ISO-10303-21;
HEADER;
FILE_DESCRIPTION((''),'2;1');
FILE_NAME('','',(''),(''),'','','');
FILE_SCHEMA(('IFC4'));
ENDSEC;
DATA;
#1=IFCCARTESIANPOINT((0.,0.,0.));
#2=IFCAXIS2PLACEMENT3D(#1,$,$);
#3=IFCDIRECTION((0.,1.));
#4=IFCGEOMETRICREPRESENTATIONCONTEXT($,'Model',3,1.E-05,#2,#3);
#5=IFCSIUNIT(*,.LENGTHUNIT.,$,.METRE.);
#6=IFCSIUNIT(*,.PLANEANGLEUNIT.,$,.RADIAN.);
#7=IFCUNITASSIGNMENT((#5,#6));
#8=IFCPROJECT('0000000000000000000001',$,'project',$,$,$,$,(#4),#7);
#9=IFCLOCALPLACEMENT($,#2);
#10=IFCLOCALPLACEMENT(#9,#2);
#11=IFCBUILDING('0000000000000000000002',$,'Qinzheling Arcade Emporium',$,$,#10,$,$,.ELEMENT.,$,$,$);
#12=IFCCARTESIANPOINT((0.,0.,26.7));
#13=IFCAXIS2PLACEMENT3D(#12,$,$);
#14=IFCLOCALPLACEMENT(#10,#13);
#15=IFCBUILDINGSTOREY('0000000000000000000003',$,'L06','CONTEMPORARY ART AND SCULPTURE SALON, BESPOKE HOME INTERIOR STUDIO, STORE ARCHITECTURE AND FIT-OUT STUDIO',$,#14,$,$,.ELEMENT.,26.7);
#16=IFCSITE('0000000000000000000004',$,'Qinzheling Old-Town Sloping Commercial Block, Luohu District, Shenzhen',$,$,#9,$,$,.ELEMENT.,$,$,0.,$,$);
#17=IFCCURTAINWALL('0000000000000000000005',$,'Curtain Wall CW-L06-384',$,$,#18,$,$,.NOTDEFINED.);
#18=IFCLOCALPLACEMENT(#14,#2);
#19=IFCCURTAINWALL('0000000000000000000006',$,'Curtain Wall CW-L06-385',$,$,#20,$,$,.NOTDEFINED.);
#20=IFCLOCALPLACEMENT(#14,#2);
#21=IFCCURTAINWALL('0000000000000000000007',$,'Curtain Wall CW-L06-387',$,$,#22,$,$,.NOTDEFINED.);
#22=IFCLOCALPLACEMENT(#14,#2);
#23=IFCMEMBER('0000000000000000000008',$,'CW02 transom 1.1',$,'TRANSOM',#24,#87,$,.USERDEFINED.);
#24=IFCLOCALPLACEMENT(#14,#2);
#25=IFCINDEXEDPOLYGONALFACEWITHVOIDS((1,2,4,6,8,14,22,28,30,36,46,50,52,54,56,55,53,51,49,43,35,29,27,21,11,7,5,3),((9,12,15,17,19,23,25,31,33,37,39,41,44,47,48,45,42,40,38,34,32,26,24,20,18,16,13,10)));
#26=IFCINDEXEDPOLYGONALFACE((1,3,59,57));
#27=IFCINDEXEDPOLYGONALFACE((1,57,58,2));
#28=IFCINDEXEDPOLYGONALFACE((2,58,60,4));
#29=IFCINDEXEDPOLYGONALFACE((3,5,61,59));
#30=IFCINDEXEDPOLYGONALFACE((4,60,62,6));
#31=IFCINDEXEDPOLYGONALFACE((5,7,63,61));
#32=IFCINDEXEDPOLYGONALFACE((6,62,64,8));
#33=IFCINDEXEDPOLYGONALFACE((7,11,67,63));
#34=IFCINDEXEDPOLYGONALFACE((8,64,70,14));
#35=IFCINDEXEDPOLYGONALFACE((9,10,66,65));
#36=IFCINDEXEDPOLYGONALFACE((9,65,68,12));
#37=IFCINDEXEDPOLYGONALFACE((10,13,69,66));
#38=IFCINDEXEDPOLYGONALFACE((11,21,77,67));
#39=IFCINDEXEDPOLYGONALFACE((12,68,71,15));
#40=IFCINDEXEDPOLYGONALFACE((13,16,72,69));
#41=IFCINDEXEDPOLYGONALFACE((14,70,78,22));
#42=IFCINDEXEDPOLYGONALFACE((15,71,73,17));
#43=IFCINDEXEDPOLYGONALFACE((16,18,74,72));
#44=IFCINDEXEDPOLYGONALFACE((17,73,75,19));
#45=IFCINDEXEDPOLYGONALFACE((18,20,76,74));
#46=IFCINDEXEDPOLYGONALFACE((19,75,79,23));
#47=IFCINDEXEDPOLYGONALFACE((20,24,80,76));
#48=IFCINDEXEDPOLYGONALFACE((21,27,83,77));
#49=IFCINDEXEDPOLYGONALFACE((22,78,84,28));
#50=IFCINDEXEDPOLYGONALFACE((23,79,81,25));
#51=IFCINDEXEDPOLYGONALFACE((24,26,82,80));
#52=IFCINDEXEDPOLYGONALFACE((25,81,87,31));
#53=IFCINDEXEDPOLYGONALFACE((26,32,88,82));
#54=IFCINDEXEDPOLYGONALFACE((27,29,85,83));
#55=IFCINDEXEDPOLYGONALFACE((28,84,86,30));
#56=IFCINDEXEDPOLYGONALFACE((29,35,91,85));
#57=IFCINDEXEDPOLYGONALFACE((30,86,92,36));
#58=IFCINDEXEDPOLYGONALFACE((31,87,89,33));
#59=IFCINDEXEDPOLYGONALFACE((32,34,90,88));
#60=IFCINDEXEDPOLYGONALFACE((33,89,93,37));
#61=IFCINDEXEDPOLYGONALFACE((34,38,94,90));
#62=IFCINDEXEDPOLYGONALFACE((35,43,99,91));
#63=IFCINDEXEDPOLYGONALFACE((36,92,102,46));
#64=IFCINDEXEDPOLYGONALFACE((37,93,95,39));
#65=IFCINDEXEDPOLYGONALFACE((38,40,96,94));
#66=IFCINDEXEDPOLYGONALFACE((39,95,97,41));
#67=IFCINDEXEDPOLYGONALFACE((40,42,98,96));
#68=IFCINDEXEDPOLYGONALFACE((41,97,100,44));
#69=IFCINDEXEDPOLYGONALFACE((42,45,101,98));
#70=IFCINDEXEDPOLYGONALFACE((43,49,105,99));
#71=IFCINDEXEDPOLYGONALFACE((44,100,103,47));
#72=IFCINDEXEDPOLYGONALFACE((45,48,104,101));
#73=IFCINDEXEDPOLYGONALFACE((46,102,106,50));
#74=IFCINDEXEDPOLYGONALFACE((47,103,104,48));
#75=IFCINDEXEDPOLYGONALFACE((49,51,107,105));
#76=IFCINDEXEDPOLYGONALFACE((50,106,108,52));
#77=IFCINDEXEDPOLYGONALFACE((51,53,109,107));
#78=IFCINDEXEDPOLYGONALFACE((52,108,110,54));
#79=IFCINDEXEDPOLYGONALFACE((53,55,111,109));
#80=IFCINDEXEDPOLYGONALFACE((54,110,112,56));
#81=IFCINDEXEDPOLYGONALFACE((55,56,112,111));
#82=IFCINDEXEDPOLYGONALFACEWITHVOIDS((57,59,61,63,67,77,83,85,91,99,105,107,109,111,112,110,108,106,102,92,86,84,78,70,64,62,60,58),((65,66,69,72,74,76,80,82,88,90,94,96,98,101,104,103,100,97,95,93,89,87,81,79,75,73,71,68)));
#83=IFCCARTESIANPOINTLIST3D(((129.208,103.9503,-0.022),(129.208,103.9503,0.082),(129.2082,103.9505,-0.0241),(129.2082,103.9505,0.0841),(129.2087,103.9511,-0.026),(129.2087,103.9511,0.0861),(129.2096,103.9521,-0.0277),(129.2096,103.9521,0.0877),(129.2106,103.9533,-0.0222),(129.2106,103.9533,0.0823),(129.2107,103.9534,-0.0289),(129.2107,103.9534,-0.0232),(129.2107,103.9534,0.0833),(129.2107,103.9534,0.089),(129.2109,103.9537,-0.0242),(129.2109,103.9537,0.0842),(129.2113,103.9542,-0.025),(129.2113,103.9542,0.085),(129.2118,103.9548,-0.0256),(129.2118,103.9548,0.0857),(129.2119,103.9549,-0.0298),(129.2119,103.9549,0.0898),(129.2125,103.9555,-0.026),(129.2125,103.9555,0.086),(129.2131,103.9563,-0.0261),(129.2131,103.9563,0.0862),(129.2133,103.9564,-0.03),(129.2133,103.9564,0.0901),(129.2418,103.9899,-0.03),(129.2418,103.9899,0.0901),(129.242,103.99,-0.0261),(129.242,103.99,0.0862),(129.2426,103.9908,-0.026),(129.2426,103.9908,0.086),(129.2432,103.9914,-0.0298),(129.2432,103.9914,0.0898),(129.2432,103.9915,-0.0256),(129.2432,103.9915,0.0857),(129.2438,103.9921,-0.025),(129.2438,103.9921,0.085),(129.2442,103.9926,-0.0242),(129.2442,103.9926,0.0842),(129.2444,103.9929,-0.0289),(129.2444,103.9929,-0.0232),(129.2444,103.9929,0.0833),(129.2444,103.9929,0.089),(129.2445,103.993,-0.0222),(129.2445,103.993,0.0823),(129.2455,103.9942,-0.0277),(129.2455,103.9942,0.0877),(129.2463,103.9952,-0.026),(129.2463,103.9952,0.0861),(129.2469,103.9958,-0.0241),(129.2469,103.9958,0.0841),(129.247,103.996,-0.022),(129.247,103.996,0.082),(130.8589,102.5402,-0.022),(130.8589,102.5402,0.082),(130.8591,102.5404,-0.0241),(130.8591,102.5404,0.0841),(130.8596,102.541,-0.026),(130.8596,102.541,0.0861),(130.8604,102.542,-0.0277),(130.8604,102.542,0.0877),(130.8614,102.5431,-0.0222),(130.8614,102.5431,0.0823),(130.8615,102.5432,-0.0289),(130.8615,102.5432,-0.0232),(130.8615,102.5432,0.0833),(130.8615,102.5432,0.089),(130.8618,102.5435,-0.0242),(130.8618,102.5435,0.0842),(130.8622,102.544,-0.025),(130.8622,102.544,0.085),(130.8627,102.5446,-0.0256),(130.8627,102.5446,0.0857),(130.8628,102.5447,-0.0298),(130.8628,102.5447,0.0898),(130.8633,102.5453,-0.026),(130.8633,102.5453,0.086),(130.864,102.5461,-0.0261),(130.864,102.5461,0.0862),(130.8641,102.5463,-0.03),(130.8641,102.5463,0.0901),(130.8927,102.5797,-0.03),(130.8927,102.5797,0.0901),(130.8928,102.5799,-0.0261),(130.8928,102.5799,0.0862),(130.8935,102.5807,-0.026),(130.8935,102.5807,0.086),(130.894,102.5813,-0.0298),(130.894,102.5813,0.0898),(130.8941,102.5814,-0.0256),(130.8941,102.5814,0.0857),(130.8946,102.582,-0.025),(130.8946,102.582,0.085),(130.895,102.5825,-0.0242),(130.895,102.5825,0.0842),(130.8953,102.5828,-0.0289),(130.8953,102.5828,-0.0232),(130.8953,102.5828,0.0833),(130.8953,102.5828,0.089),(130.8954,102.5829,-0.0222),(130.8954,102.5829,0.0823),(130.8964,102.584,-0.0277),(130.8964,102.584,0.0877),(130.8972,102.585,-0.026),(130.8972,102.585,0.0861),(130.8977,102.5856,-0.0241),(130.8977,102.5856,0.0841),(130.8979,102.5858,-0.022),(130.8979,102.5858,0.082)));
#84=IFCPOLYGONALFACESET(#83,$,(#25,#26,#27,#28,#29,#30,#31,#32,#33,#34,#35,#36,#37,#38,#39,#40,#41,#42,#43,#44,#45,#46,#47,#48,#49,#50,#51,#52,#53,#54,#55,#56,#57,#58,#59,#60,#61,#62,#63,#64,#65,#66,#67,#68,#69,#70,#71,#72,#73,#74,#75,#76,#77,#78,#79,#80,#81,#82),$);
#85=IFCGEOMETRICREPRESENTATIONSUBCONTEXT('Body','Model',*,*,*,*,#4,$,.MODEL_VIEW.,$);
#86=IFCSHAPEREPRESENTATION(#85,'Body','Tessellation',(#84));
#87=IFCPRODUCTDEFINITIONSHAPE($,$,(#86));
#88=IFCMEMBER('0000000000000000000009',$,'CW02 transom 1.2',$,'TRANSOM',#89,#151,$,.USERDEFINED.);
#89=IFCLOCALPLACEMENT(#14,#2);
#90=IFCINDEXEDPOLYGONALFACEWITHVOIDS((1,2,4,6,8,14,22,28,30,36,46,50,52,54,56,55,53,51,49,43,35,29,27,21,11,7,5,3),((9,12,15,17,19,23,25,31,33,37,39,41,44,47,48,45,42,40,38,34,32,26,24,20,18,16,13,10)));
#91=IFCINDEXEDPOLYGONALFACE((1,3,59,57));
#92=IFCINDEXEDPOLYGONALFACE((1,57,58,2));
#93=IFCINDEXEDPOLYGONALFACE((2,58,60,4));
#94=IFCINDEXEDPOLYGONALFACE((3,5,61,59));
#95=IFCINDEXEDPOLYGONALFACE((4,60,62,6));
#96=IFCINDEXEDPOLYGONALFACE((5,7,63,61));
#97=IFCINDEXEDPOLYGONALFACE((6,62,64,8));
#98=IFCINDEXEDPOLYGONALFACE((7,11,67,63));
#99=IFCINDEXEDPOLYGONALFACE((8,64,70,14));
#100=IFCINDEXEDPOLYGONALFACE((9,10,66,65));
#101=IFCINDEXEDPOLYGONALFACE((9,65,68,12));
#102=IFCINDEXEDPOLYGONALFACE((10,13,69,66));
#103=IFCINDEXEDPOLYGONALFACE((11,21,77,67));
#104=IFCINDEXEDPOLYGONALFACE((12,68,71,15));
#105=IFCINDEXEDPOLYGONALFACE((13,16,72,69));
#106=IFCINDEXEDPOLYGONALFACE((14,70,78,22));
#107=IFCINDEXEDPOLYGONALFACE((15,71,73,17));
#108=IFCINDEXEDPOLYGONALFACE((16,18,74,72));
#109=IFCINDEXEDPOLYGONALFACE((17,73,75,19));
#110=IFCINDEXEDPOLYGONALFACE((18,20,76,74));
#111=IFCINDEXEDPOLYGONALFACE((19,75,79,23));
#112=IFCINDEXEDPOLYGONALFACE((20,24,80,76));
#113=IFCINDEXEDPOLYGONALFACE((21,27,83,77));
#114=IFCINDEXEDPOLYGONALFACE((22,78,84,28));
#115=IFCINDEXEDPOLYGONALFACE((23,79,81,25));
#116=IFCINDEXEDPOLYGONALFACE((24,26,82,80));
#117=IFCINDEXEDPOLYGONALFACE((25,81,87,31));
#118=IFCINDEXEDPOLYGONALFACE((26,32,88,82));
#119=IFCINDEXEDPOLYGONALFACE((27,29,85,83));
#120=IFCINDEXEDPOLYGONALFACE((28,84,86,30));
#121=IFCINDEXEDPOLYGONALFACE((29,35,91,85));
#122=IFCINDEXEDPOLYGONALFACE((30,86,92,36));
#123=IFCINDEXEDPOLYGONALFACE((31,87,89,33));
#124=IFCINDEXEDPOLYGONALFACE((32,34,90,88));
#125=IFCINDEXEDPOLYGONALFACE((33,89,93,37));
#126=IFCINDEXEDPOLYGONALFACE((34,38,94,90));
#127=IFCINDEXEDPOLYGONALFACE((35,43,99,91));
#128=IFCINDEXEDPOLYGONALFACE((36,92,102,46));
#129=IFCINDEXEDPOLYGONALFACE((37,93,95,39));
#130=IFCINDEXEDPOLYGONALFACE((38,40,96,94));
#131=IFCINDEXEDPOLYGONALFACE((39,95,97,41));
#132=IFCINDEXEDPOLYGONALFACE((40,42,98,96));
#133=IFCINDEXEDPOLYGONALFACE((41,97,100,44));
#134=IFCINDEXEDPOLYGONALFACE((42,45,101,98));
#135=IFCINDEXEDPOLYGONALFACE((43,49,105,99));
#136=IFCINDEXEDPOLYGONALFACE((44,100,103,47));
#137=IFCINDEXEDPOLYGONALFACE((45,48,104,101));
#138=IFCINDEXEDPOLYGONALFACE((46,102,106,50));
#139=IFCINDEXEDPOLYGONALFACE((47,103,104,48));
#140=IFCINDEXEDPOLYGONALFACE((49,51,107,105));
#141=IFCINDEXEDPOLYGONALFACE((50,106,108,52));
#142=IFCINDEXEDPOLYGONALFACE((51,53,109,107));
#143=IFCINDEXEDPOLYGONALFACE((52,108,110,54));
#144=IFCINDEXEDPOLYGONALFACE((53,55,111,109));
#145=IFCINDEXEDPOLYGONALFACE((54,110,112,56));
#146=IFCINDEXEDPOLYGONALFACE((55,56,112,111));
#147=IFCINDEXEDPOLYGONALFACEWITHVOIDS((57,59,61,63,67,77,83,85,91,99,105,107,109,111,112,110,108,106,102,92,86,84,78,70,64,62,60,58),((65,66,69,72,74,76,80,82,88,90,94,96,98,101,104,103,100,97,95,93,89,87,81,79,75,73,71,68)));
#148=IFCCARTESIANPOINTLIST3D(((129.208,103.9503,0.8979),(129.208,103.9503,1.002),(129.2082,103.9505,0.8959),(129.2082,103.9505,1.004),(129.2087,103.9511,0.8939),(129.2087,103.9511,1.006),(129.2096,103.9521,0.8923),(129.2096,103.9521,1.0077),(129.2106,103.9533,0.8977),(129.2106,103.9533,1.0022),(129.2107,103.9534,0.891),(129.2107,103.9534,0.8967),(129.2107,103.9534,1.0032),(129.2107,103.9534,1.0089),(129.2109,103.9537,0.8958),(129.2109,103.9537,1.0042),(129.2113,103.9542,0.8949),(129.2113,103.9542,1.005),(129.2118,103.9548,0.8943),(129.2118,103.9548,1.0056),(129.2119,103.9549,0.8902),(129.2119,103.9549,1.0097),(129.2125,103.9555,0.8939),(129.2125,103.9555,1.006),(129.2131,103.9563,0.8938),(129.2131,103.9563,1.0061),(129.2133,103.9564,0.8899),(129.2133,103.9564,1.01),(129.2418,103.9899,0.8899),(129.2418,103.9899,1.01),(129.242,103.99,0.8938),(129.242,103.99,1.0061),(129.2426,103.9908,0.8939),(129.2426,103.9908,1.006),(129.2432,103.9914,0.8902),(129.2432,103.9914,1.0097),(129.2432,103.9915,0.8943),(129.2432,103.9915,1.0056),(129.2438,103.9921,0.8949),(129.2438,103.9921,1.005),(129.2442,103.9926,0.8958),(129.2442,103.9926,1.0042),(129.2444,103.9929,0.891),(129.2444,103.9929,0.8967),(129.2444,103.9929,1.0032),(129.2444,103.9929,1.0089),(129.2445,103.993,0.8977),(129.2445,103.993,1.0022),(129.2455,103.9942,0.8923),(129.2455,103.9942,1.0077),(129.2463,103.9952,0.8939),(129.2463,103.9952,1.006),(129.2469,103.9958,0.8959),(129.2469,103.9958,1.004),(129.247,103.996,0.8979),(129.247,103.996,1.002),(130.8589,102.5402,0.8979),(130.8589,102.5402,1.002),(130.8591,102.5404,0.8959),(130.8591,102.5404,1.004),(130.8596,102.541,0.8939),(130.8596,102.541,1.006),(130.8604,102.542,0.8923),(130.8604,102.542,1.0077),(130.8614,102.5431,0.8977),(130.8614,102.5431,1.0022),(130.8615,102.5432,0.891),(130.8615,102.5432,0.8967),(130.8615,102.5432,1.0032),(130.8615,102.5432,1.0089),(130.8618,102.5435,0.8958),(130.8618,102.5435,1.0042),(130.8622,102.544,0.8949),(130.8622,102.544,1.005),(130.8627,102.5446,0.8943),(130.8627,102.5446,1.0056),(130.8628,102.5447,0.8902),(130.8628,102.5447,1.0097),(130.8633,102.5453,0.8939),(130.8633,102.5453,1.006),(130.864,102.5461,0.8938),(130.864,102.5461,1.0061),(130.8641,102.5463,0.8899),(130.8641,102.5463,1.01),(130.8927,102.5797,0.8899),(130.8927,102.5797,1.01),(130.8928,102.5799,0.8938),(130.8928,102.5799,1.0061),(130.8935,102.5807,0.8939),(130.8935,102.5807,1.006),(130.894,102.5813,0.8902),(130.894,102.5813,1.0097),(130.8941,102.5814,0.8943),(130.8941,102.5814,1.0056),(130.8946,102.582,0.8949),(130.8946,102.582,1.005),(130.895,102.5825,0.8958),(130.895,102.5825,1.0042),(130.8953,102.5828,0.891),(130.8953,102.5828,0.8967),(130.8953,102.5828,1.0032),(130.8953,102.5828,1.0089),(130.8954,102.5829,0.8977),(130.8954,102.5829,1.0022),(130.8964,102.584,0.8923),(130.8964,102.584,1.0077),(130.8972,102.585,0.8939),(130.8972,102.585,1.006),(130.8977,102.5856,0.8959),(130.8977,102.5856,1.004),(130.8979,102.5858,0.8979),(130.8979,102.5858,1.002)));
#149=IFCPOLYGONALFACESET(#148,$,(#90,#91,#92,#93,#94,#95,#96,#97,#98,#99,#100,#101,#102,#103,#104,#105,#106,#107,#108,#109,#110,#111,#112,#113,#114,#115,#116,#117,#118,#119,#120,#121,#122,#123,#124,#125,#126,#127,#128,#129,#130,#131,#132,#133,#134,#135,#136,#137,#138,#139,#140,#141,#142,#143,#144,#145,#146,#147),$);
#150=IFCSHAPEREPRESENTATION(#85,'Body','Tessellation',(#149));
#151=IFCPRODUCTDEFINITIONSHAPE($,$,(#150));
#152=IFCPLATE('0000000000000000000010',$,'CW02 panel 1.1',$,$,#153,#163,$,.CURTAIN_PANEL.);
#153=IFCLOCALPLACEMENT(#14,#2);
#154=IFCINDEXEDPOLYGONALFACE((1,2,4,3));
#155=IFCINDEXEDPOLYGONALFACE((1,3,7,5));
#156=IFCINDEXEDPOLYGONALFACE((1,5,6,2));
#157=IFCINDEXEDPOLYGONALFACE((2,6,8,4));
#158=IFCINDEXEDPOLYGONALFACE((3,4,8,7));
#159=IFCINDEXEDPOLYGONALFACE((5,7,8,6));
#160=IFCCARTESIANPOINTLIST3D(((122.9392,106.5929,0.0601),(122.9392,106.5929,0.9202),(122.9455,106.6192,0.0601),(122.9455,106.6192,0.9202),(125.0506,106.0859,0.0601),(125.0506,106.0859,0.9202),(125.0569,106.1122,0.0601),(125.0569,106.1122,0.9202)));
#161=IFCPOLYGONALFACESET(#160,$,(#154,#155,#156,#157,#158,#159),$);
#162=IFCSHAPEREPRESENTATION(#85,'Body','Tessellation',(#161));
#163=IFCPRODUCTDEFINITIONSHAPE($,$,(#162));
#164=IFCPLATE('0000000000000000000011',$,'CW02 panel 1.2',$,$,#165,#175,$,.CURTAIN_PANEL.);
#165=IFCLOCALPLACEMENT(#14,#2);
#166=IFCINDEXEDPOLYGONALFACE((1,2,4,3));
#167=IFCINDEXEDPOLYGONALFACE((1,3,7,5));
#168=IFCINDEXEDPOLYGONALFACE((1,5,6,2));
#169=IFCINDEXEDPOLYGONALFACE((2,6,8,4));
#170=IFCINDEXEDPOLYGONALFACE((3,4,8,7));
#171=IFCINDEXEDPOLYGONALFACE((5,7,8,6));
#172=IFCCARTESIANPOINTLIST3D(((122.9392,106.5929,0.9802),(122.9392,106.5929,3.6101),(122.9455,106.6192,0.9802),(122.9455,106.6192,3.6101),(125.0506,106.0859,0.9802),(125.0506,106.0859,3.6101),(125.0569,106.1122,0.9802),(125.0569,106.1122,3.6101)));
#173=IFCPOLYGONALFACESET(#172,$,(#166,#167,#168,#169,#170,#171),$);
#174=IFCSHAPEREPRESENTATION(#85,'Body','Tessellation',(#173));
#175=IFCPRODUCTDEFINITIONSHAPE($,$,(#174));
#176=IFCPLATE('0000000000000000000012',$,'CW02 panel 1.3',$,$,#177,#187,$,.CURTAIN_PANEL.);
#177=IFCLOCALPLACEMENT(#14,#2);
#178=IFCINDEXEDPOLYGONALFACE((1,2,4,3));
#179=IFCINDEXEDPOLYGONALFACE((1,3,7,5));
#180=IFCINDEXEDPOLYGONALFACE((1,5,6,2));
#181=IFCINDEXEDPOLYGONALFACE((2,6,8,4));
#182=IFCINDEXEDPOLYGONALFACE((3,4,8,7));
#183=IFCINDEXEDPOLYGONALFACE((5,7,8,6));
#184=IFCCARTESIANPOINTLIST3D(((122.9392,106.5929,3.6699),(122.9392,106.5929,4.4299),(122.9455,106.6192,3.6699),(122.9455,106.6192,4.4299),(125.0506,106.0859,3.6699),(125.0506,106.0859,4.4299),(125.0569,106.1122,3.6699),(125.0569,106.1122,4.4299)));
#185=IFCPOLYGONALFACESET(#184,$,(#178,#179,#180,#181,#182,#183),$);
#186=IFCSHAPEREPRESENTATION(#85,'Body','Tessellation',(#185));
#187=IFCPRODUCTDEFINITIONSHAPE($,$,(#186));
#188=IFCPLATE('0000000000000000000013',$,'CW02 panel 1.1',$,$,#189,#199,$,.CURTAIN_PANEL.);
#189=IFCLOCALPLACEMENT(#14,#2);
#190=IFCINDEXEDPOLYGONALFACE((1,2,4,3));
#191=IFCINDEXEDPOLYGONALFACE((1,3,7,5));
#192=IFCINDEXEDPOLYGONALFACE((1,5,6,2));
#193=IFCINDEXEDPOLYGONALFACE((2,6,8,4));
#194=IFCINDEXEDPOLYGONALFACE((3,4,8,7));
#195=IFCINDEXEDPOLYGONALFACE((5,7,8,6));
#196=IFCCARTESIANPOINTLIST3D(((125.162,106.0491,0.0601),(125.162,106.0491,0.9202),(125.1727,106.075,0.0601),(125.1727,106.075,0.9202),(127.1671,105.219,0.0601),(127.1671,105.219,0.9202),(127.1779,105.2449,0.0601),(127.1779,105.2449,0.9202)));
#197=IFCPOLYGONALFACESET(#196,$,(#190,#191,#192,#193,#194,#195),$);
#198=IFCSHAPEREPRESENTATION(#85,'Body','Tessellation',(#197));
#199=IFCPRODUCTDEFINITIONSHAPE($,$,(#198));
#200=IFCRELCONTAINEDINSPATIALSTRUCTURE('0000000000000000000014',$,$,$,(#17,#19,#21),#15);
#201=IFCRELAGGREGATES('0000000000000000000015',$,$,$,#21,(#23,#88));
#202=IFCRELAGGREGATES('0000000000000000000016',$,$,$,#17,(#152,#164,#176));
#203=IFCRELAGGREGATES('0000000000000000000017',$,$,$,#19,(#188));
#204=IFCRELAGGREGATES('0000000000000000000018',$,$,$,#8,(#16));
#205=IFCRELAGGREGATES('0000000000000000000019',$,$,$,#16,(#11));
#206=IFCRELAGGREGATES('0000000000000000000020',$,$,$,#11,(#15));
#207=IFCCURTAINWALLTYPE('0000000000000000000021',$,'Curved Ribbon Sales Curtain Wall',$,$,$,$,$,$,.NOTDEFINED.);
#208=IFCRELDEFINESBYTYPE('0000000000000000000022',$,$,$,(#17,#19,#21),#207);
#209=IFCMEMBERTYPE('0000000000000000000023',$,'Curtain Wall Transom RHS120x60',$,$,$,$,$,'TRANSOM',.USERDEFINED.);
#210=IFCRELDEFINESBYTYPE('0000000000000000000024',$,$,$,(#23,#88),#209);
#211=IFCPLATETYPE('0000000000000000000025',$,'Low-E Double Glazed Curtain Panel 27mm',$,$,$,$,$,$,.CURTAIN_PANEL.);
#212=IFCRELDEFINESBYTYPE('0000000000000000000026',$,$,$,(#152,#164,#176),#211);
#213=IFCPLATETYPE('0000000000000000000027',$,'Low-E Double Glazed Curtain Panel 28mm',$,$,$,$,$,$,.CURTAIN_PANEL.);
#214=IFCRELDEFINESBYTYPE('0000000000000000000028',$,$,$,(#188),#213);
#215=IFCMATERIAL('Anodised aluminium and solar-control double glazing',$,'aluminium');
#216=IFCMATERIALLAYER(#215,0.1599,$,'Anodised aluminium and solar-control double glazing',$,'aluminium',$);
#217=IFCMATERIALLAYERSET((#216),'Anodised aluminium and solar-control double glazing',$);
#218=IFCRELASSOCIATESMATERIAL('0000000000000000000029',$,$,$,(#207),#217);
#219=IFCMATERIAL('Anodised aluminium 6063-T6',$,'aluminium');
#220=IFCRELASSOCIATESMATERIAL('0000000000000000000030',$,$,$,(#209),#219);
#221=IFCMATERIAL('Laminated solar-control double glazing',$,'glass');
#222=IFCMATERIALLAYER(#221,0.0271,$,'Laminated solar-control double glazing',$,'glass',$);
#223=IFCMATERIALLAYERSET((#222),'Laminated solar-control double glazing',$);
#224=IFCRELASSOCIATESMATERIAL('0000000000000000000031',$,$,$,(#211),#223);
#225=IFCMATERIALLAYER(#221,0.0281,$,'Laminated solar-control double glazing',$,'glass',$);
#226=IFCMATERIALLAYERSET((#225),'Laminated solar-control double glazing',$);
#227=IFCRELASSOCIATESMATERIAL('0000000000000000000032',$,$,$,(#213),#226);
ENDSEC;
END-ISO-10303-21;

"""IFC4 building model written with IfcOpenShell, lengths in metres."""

from ifc_helpers import new_model, si_unit, direction, frame, origin, origin_2d, place, context, subcontext, project, spatial, rectangle, hollow_rectangle, extrude, material, layer, layer_set, material_profile, profile_set, type_object, element, aggregate, save


model = new_model("IFC4")

# Units and contexts
model_context = context("Model", 3, precision=1e-05, world=origin(), true_north=direction((0.0, 1.0)))
body_context = subcontext(model_context, "Body", "Model", "MODEL_VIEW")
ifc_project = project(units=[si_unit("LENGTHUNIT", "METRE"), si_unit("PLANEANGLEUNIT", "RADIAN")], contexts=[model_context])

# Site, building, storey
site_placement = place(None, origin())
site = spatial("IfcSite", under=ifc_project, at=site_placement, Name="Qinzheling Old-Town Sloping Commercial Block, Luohu District, Shenzhen", CompositionType="ELEMENT", RefElevation=0.0)
building_placement = place(site_placement, origin())
building = spatial("IfcBuilding", under=site, at=building_placement, Name="Qinzheling Arcade Emporium", CompositionType="ELEMENT")
storey_placement = place(building_placement, frame((0.0, 0.0, 26.7)))
storey = spatial("IfcBuildingStorey", under=building, at=storey_placement, Name="L06", Description="CONTEMPORARY ART AND SCULPTURE SALON, BESPOKE HOME INTERIOR STUDIO, STORE ARCHITECTURE AND FIT-OUT STUDIO", CompositionType="ELEMENT", Elevation=26.7)

# Curtain wall
ifc_material_1 = material(Name="Anodised aluminium and solar-control double glazing", Category="aluminium")
ifc_layer_1 = layer(ifc_material_1, 0.1599, Name="Anodised aluminium and solar-control double glazing", Category="aluminium")
ifc_layer_set_1 = layer_set([ifc_layer_1], Name="Anodised aluminium and solar-control double glazing")
curtain_wall_type = type_object("IfcCurtainWallType", Name="Curved Ribbon Sales Curtain Wall", PredefinedType="NOTDEFINED", material=ifc_layer_set_1)
curtain_wall_1_placement = place(storey_placement, origin())
curtain_wall_1 = element("IfcCurtainWall", 1, at=curtain_wall_1_placement, inside=storey, type_object=curtain_wall_type, Name="Curtain Wall CW-L06-384", PredefinedType="NOTDEFINED")
ifc_material_2 = material(Name="Anodised aluminium 6063-T6", Category="aluminium")

# Curtain wall
curtain_wall_2_placement = place(storey_placement, origin())
curtain_wall_2 = element("IfcCurtainWall", 2, at=curtain_wall_2_placement, inside=storey, type_object=curtain_wall_type, Name="Curtain Wall CW-L06-385", PredefinedType="NOTDEFINED")

# Curtain wall
curtain_wall_3_placement = place(storey_placement, origin())
curtain_wall_3 = element("IfcCurtainWall", 3, at=curtain_wall_3_placement, inside=storey, type_object=curtain_wall_type, Name="Curtain Wall CW-L06-387", PredefinedType="NOTDEFINED")

# Members
ifc_material_profile_1 = material_profile(ifc_material_2, hollow_rectangle(XDim=0.0601, YDim=0.1201, WallThickness=0.0039, InnerFilletRadius=0.0039, OuterFilletRadius=0.0081, at=origin_2d()), Name="RHS 120x60x4", Category="aluminium")
ifc_profile_set_1 = profile_set([ifc_material_profile_1], Name="Anodised aluminium 6063-T6")
member_type_1 = type_object("IfcMemberType", Name="Curtain Wall Transom RHS120x60", ElementType="TRANSOM", PredefinedType="USERDEFINED", material=ifc_profile_set_1)
member_1_placement = place(storey_placement, frame((129.2275, 103.9731, 0.03), z_axis=(0.760367, -0.649494, 0.0), x_axis=(0.649494, 0.760367, 0.0)))
member_1 = element("IfcMember", 4, at=member_1_placement, type_object=member_type_1, Name="CW02 transom 1.1", ObjectType="TRANSOM", PredefinedType="USERDEFINED", context=body_context, shape_type="SweptSolid", body=[
    extrude(hollow_rectangle(XDim=0.0601, YDim=0.1201, WallThickness=0.0039, InnerFilletRadius=0.0039, OuterFilletRadius=0.0081, at=origin_2d()), origin(), (0.0, 0.0, 1.0), 2.1711),
])
member_2_placement = place(storey_placement, frame((129.2275, 103.9731, 0.95), z_axis=(0.760367, -0.649494, 0.0), x_axis=(0.649494, 0.760367, 0.0)))
member_2 = element("IfcMember", 5, at=member_2_placement, type_object=member_type_1, Name="CW02 transom 1.2", ObjectType="TRANSOM", PredefinedType="USERDEFINED", context=body_context, shape_type="SweptSolid", body=[
    extrude(hollow_rectangle(XDim=0.0601, YDim=0.1201, WallThickness=0.0039, InnerFilletRadius=0.0039, OuterFilletRadius=0.0081, at=origin_2d()), origin(), (0.0, 0.0, 1.0), 2.1711),
])
aggregate(curtain_wall_3, [member_1, member_2])

# Plates
ifc_material_3 = material(Name="Laminated solar-control double glazing", Category="glass")
ifc_layer_2 = layer(ifc_material_3, 0.0271, Name="Laminated solar-control double glazing", Category="glass")
ifc_layer_set_2 = layer_set([ifc_layer_2], Name="Laminated solar-control double glazing")
plate_type_1 = type_object("IfcPlateType", Name="Low-E Double Glazed Curtain Panel 27mm", PredefinedType="CURTAIN_PANEL", material=ifc_layer_set_2)
plate_1_placement = place(storey_placement, frame((123.998, 106.3525, 0.0601), z_axis=(0.0, 0.0, 1.0), x_axis=(0.97236, -0.233488, 0.0)))
plate_1 = element("IfcPlate", 6, at=plate_1_placement, type_object=plate_type_1, Name="CW02 panel 1.1", PredefinedType="CURTAIN_PANEL", context=body_context, shape_type="SweptSolid", body=[
    extrude(rectangle(XDim=2.1714, YDim=0.0271, at=origin_2d()), origin(), (0.0, 0.0, 1.0), 0.8601),
])
plate_2_placement = place(storey_placement, frame((123.998, 106.3525, 0.9802), z_axis=(0.0, 0.0, 1.0), x_axis=(0.97236, -0.233488, 0.0)))
plate_2 = element("IfcPlate", 7, at=plate_2_placement, type_object=plate_type_1, Name="CW02 panel 1.2", PredefinedType="CURTAIN_PANEL", context=body_context, shape_type="SweptSolid", body=[
    extrude(rectangle(XDim=2.1714, YDim=0.0271, at=origin_2d()), origin(), (0.0, 0.0, 1.0), 2.6299),
])
plate_3_placement = place(storey_placement, frame((123.998, 106.3525, 3.6699), z_axis=(0.0, 0.0, 1.0), x_axis=(0.97236, -0.233488, 0.0)))
plate_3 = element("IfcPlate", 8, at=plate_3_placement, type_object=plate_type_1, Name="CW02 panel 1.3", PredefinedType="CURTAIN_PANEL", context=body_context, shape_type="SweptSolid", body=[
    extrude(rectangle(XDim=2.1714, YDim=0.0271, at=origin_2d()), origin(), (0.0, 0.0, 1.0), 0.76),
])
aggregate(curtain_wall_1, [plate_1, plate_2, plate_3])
ifc_layer_3 = layer(ifc_material_3, 0.0281, Name="Laminated solar-control double glazing", Category="glass")
ifc_layer_set_3 = layer_set([ifc_layer_3], Name="Laminated solar-control double glazing")
plate_type_2 = type_object("IfcPlateType", Name="Low-E Double Glazed Curtain Panel 28mm", PredefinedType="CURTAIN_PANEL", material=ifc_layer_set_3)
plate_4_placement = place(storey_placement, frame((126.1699, 105.647, 0.0601), z_axis=(0.0, 0.0, 1.0), x_axis=(0.923953, -0.382506, 0.0)))
plate_4 = element("IfcPlate", 9, at=plate_4_placement, type_object=plate_type_2, Name="CW02 panel 1.1", PredefinedType="CURTAIN_PANEL", context=body_context, shape_type="SweptSolid", body=[
    extrude(rectangle(XDim=2.1702, YDim=0.0281, at=origin_2d()), origin(), (0.0, 0.0, 1.0), 0.8601),
])
aggregate(curtain_wall_2, [plate_4])

save(model, "model.ifc")
